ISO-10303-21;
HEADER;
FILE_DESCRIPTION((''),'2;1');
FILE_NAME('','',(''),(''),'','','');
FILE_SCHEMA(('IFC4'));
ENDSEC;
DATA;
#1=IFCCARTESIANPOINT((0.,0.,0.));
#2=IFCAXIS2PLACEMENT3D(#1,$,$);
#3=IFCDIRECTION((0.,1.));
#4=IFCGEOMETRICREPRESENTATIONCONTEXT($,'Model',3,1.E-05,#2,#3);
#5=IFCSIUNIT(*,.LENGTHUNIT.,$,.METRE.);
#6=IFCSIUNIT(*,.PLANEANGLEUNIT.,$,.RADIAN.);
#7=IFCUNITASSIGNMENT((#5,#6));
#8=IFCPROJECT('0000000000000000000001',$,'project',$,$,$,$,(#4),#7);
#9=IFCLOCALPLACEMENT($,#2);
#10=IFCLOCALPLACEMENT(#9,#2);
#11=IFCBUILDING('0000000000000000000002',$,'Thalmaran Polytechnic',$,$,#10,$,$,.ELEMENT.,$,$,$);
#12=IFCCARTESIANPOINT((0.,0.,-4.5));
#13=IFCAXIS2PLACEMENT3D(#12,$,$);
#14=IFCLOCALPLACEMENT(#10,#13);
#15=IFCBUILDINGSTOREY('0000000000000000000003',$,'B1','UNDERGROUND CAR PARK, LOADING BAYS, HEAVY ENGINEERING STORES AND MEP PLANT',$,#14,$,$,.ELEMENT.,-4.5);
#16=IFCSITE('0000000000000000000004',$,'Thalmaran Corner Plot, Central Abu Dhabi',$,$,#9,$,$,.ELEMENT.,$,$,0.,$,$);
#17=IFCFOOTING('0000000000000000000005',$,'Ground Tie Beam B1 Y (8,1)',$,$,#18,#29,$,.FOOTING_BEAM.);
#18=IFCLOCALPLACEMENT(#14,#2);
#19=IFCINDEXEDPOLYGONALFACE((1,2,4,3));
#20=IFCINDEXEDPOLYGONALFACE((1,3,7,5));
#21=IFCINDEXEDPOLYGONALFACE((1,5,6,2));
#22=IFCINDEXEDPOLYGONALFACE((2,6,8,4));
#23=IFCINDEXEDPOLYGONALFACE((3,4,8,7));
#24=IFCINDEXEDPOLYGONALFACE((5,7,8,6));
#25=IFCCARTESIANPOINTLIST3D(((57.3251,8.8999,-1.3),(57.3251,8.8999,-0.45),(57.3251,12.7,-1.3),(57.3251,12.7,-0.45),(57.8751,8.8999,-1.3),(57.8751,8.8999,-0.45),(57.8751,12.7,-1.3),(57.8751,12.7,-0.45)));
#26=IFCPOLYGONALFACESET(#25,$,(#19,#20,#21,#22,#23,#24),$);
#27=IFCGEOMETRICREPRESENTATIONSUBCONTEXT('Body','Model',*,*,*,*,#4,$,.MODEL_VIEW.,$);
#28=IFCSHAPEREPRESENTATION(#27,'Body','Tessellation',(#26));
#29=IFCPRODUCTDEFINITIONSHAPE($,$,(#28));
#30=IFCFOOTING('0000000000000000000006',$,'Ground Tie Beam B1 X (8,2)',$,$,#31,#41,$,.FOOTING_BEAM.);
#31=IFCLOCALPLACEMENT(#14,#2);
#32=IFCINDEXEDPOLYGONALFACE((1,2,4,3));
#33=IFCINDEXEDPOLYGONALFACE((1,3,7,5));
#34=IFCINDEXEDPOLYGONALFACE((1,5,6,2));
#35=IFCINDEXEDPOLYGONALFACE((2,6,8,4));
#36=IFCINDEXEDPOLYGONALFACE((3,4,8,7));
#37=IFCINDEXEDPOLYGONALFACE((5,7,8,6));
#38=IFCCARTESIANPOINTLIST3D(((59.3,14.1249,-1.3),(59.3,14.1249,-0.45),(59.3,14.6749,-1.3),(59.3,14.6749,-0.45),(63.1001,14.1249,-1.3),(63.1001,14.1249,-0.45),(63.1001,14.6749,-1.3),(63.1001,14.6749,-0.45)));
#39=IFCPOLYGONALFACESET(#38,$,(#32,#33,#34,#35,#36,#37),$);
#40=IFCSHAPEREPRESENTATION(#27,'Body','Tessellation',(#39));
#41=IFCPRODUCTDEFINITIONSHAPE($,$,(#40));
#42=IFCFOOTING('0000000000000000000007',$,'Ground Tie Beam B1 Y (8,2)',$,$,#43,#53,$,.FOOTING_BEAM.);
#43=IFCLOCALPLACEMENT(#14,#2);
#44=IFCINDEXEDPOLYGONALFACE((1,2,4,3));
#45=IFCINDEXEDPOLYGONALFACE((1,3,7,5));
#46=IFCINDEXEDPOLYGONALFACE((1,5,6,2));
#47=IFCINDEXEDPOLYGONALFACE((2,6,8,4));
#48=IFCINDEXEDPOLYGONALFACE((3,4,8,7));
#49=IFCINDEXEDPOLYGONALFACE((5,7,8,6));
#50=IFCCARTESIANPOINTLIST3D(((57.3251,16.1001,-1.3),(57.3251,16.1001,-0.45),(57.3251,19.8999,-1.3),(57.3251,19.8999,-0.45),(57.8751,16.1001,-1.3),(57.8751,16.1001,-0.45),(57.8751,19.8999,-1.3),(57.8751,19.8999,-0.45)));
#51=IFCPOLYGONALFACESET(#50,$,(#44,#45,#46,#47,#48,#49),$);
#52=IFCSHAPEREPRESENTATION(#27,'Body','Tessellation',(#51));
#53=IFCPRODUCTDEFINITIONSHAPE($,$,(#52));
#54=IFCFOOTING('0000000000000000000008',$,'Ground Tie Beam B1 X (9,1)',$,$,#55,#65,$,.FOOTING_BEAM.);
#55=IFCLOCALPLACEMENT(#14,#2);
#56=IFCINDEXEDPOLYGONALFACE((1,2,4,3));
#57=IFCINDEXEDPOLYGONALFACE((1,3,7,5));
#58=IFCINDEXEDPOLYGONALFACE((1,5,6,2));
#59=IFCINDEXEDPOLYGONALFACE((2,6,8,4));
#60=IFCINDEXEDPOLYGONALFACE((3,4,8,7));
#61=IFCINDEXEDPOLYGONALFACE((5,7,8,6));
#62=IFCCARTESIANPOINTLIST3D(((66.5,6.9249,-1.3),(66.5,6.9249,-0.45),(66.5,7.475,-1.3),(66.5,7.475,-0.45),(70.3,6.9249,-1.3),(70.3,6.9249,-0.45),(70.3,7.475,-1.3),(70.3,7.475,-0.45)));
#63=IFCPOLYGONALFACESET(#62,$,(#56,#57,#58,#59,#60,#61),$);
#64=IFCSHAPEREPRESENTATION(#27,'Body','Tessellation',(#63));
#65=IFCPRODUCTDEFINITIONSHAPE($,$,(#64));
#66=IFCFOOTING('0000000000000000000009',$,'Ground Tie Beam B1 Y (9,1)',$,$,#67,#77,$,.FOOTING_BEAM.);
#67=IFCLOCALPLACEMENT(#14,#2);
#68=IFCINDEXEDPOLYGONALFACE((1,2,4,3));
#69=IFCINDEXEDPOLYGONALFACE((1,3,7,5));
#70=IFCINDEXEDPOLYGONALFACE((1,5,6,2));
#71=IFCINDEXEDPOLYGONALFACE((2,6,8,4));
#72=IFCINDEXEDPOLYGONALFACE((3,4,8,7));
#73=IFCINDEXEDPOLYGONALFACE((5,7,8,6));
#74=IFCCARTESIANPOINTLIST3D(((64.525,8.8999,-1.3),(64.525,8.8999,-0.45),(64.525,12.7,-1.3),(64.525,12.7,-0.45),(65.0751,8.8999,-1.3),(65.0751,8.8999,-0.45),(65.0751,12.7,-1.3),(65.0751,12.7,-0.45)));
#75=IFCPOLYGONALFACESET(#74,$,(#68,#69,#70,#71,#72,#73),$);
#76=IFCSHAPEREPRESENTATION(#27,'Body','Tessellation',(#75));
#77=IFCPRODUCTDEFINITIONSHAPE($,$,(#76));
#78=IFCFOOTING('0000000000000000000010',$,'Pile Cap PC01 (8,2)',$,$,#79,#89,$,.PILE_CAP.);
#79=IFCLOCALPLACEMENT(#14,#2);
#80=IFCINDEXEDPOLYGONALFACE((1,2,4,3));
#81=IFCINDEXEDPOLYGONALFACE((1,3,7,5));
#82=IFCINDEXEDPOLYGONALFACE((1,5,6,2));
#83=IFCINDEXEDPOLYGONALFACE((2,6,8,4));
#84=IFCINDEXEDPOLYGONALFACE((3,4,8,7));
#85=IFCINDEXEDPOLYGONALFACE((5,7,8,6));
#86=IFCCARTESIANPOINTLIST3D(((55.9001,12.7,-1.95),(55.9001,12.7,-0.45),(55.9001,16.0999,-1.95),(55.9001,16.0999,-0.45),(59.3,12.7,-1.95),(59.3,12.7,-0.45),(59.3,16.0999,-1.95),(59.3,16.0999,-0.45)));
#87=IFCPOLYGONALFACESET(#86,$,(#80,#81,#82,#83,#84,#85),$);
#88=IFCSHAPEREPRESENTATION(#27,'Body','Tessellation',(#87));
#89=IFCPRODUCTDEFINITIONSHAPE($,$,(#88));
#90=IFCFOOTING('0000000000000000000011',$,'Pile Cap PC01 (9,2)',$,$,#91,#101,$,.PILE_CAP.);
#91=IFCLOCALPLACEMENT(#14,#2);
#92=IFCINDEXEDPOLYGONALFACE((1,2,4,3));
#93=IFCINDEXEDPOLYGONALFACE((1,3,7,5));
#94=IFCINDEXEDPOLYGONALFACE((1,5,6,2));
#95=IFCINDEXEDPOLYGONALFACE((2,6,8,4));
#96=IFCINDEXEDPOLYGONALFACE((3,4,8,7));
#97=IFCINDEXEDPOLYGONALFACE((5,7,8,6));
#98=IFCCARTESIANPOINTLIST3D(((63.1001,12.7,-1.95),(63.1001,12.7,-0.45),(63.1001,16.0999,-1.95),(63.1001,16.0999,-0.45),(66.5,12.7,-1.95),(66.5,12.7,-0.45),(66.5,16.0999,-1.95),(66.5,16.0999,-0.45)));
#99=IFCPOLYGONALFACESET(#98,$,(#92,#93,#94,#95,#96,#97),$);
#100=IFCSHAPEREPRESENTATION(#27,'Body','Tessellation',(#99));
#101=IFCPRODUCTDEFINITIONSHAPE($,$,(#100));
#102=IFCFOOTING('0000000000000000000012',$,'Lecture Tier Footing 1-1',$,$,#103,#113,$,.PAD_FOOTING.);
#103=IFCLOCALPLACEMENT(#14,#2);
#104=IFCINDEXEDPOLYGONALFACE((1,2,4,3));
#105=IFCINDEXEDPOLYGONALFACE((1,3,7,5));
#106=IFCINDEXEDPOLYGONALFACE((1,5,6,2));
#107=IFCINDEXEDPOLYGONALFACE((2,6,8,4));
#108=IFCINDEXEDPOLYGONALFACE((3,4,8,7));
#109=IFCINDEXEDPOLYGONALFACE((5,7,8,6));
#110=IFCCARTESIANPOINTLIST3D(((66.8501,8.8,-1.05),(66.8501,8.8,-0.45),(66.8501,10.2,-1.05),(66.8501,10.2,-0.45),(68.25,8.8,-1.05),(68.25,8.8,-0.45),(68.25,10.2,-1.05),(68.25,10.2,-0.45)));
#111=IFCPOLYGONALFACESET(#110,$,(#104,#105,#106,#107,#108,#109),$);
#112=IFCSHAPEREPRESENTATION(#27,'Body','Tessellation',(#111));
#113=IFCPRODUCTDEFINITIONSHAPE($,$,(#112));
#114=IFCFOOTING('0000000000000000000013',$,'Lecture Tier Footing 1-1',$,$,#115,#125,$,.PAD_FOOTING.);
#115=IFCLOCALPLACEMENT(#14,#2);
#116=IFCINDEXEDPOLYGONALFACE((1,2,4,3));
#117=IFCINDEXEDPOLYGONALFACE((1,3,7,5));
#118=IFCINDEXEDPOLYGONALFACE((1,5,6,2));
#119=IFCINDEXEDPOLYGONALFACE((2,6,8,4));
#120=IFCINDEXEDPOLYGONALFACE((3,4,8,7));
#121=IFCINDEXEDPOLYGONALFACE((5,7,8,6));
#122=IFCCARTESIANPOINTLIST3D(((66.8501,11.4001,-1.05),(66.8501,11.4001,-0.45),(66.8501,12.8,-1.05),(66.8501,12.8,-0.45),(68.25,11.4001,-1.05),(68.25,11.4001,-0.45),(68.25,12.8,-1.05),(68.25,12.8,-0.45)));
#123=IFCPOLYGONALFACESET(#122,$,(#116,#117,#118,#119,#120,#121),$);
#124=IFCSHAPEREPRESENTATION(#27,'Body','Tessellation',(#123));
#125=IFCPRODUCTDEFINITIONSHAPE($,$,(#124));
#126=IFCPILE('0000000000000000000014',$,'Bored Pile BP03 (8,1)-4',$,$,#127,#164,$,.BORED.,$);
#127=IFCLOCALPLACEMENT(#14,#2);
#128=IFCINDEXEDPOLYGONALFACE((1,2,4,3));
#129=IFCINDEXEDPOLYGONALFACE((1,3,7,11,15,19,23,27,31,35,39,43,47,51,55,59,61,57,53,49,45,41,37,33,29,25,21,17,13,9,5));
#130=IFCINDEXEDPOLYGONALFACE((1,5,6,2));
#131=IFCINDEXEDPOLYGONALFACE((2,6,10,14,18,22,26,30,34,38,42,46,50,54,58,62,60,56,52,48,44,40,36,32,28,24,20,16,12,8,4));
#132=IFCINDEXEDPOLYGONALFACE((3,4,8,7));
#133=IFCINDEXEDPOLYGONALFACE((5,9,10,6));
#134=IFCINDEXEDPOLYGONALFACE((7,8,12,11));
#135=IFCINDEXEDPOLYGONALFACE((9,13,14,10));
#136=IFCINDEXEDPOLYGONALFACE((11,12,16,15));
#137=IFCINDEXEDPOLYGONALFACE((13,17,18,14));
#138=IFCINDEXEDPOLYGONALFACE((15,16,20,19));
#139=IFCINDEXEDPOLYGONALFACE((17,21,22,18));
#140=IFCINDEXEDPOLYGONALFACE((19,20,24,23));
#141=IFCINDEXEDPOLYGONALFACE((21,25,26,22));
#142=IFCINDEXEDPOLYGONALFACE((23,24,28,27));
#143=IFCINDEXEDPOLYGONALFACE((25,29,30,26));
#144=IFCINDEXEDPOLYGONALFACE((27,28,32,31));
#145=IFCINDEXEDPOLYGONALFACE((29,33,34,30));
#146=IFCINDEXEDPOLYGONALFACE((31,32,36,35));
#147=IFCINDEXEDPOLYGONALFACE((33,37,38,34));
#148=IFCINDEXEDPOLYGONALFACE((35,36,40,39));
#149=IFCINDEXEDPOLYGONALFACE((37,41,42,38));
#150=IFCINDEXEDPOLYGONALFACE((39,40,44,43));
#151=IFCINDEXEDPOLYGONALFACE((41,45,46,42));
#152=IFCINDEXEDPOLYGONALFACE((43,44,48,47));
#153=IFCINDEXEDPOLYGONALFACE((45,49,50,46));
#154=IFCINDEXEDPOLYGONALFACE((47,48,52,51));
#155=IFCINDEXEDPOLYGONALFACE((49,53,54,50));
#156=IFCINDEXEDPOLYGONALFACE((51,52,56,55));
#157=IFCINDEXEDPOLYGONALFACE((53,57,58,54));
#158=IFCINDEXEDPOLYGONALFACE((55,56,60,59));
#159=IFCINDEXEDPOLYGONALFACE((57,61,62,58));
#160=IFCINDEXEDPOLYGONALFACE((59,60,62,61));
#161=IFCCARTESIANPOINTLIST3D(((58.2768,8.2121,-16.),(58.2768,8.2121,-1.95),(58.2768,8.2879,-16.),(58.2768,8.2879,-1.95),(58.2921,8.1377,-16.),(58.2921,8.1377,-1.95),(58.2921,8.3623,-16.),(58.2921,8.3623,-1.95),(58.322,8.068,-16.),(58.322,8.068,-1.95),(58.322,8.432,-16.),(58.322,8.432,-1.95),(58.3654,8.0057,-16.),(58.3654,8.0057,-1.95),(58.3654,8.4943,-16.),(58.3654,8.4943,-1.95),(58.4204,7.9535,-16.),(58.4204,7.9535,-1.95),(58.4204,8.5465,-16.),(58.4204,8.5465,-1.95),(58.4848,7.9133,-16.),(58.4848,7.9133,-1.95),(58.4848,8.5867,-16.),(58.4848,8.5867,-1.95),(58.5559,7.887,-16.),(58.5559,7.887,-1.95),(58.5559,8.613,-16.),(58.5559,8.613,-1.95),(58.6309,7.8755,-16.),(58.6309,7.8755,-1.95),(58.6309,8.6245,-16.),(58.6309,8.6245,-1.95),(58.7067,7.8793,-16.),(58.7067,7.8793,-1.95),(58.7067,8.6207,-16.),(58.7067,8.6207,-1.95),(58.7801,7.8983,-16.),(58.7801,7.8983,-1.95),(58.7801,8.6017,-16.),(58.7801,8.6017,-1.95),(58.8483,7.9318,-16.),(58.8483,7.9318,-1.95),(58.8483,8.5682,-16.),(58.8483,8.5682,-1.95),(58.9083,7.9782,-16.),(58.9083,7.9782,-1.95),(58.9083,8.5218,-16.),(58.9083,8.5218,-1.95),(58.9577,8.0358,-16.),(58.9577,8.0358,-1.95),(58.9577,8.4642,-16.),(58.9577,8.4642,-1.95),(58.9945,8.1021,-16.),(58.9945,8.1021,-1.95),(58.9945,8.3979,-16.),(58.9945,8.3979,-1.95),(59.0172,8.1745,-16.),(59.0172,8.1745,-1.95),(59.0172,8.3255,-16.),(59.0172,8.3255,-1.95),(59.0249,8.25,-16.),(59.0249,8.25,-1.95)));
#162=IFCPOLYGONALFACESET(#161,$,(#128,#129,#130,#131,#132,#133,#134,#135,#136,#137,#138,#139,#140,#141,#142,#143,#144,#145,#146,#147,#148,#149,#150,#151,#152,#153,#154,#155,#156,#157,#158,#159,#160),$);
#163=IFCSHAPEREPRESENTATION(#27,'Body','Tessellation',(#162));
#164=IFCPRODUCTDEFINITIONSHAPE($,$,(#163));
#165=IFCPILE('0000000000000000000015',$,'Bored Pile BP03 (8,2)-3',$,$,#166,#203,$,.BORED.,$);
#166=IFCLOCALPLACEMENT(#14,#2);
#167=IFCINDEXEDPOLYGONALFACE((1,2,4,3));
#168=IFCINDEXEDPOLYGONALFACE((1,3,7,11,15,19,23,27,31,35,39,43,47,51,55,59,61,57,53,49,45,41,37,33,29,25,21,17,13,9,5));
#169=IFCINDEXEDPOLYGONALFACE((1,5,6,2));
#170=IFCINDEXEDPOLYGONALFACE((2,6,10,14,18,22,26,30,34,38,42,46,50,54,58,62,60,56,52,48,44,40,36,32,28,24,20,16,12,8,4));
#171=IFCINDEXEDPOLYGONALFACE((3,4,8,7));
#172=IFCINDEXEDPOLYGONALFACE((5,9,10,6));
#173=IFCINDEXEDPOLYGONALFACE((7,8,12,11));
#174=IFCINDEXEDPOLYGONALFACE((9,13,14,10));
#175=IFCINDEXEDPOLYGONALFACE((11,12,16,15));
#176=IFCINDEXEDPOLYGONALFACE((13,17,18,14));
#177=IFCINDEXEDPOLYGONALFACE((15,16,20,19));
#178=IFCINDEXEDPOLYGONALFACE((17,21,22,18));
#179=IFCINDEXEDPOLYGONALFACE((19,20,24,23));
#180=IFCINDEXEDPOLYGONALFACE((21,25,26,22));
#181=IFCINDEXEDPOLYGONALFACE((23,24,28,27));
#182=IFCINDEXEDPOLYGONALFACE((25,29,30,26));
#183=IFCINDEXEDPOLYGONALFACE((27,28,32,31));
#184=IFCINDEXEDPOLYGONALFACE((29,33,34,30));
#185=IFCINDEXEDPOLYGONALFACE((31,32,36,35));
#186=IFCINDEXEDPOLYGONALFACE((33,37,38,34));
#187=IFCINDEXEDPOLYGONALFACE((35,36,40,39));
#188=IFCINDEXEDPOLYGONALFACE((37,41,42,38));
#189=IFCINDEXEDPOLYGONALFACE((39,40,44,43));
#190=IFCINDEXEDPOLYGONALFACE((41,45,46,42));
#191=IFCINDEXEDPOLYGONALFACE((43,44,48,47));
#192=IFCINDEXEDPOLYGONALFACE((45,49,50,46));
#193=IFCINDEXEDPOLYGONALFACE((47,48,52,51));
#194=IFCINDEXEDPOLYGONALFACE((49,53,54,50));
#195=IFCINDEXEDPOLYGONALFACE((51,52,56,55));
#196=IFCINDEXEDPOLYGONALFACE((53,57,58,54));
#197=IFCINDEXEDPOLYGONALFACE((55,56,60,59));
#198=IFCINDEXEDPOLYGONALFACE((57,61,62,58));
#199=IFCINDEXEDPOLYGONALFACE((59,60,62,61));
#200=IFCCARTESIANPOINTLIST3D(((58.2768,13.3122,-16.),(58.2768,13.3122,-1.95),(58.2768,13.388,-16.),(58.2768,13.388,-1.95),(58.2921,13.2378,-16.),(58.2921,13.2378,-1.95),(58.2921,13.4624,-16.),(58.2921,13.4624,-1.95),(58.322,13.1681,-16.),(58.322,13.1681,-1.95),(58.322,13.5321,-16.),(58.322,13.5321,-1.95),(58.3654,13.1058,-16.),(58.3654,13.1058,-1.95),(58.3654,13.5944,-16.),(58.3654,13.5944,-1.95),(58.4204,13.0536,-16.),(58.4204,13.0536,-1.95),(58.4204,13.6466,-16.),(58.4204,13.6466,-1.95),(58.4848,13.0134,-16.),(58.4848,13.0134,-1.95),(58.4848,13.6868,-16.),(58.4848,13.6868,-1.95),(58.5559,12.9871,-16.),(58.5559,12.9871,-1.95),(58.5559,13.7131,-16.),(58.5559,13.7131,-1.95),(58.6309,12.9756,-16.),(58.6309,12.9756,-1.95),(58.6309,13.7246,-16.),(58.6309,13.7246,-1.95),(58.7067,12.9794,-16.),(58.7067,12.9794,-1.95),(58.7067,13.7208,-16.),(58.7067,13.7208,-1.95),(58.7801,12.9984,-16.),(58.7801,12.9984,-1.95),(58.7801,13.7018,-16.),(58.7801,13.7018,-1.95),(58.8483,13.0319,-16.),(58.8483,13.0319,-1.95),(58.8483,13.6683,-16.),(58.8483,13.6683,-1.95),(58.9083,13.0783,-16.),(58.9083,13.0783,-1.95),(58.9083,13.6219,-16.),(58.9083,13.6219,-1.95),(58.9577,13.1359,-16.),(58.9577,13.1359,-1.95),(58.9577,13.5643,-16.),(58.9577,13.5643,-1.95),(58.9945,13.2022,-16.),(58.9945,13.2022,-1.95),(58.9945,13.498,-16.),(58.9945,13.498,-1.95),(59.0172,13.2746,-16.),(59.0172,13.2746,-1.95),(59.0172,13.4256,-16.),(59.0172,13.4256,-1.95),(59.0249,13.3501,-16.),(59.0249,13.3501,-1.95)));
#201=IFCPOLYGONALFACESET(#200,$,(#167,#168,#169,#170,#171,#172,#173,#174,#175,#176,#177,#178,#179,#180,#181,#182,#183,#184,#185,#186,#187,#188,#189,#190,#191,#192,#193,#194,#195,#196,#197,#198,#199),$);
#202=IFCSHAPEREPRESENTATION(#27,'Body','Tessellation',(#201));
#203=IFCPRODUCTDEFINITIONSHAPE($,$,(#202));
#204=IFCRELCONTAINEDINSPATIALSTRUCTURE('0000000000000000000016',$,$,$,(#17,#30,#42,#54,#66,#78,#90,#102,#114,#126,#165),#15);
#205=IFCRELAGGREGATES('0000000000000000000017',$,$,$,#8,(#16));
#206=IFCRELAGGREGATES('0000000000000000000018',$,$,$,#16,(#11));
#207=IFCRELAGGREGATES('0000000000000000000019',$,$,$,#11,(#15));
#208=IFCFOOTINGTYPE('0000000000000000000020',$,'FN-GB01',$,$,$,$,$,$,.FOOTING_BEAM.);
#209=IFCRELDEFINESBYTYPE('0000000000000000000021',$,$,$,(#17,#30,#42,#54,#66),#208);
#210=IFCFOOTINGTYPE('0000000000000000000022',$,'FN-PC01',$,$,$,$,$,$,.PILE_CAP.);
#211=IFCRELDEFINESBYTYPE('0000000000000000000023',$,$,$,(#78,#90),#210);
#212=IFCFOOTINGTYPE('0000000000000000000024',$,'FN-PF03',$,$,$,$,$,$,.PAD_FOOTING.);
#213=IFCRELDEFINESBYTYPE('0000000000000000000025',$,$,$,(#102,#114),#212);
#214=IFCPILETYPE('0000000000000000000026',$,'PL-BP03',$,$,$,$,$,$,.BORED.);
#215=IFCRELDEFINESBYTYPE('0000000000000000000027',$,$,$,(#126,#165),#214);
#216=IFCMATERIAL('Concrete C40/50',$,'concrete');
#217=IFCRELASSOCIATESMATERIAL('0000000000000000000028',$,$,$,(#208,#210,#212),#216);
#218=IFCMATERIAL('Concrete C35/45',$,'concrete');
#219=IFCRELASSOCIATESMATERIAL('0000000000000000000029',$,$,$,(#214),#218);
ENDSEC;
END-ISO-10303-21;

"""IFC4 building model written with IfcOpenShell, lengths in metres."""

from ifc_helpers import new_model, si_unit, direction, frame, origin, origin_2d, place, context, subcontext, project, spatial, rectangle, circle, extrude, material, material_profile, profile_set, type_object, element, save


model = new_model("IFC4")

# Units and contexts
model_context = context("Model", 3, precision=1e-05, world=origin(), true_north=direction((0.0, 1.0)))
body_context = subcontext(model_context, "Body", "Model", "MODEL_VIEW")
ifc_project = project(units=[si_unit("LENGTHUNIT", "METRE"), si_unit("PLANEANGLEUNIT", "RADIAN")], contexts=[model_context])

# Site, building, storey
site_placement = place(None, origin())
site = spatial("IfcSite", under=ifc_project, at=site_placement, Name="Thalmaran Corner Plot, Central Abu Dhabi", CompositionType="ELEMENT", RefElevation=0.0)
building_placement = place(site_placement, origin())
building = spatial("IfcBuilding", under=site, at=building_placement, Name="Thalmaran Polytechnic", CompositionType="ELEMENT")
storey_placement = place(building_placement, frame((0.0, 0.0, -4.5)))
storey = spatial("IfcBuildingStorey", under=building, at=storey_placement, Name="B1", Description="UNDERGROUND CAR PARK, LOADING BAYS, HEAVY ENGINEERING STORES AND MEP PLANT", CompositionType="ELEMENT", Elevation=-4.5)

# Footings
ifc_material_1 = material(Name="Concrete C40/50", Category="concrete")
ifc_material_profile_1 = material_profile(ifc_material_1, rectangle(XDim=0.55, YDim=0.8501, at=origin_2d()), Name="RC 550x850")
ifc_profile_set_1 = profile_set([ifc_material_profile_1], Name="Concrete C40/50")
footing_type_1 = type_object("IfcFootingType", Name="FN-GB01", PredefinedType="FOOTING_BEAM", material=ifc_profile_set_1)
for number, where, z_axis, x_axis, name in (
    (1, (57.6001, 8.8999, -0.875), (0.0, 1.0, 0.0), (-1.0, 0.0, 0.0), "Ground Tie Beam B1 Y (8,1)"),
    (2, (59.3, 14.3999, -0.875), (1.0, 0.0, 0.0), (0.0, 1.0, 0.0), "Ground Tie Beam B1 X (8,2)"),
):
    element("IfcFooting", number, at=place(storey_placement, frame(where, z_axis=z_axis, x_axis=x_axis)), inside=storey, type_object=footing_type_1, Name=name, PredefinedType="FOOTING_BEAM", context=body_context, shape_type="SweptSolid", body=[
        extrude(rectangle(XDim=0.55, YDim=0.8501, at=origin_2d()), origin(), (0.0, 0.0, 1.0), 3.8),
    ])
footing_placement = place(storey_placement, frame((57.6001, 16.1001, -0.875), z_axis=(0.0, 1.0, 0.0), x_axis=(-1.0, 0.0, 0.0)))
element("IfcFooting", 3, at=footing_placement, inside=storey, type_object=footing_type_1, Name="Ground Tie Beam B1 Y (8,2)", PredefinedType="FOOTING_BEAM", context=body_context, shape_type="SweptSolid", body=[
    extrude(rectangle(XDim=0.55, YDim=0.8501, at=origin_2d()), origin(), (0.0, 0.0, 1.0), 3.7998),
])
for number, where, z_axis, x_axis, name in (
    (4, (66.5, 7.2, -0.875), (1.0, 0.0, 0.0), (0.0, 1.0, 0.0), "Ground Tie Beam B1 X (9,1)"),
    (5, (64.8, 8.8999, -0.875), (0.0, 1.0, 0.0), (-1.0, 0.0, 0.0), "Ground Tie Beam B1 Y (9,1)"),
):
    element("IfcFooting", number, at=place(storey_placement, frame(where, z_axis=z_axis, x_axis=x_axis)), inside=storey, type_object=footing_type_1, Name=name, PredefinedType="FOOTING_BEAM", context=body_context, shape_type="SweptSolid", body=[
        extrude(rectangle(XDim=0.55, YDim=0.8501, at=origin_2d()), origin(), (0.0, 0.0, 1.0), 3.8),
    ])
footing_type_2 = type_object("IfcFootingType", Name="FN-PC01", PredefinedType="PILE_CAP", material=ifc_material_1)
for number, where, z_axis, x_axis, name in (
    (6, (57.6001, 14.3999, -1.95), (0.0, 0.0, 1.0), (1.0, 0.0, 0.0), "Pile Cap PC01 (8,2)"),
    (7, (64.8, 14.3999, -1.95), (0.0, 0.0, 1.0), (1.0, 0.0, 0.0), "Pile Cap PC01 (9,2)"),
):
    element("IfcFooting", number, at=place(storey_placement, frame(where, z_axis=z_axis, x_axis=x_axis)), inside=storey, type_object=footing_type_2, Name=name, PredefinedType="PILE_CAP", context=body_context, shape_type="SweptSolid", body=[
        extrude(rectangle(XDim=3.3999, YDim=3.3999, at=origin_2d()), origin(), (0.0, 0.0, 1.0), 1.5),
    ])
footing_type_3 = type_object("IfcFootingType", Name="FN-PF03", PredefinedType="PAD_FOOTING", material=ifc_material_1)
for number, where, z_axis, x_axis, name in (
    (8, (67.55, 9.5, -1.05), (0.0, 0.0, 1.0), (1.0, 0.0, 0.0), "Lecture Tier Footing 1-1"),
    (9, (67.55, 12.1001, -1.05), (0.0, 0.0, 1.0), (1.0, 0.0, 0.0), "Lecture Tier Footing 1-1"),
):
    element("IfcFooting", number, at=place(storey_placement, frame(where, z_axis=z_axis, x_axis=x_axis)), inside=storey, type_object=footing_type_3, Name=name, PredefinedType="PAD_FOOTING", context=body_context, shape_type="SweptSolid", body=[
        extrude(rectangle(XDim=1.3999, YDim=1.3999, at=origin_2d()), origin(), (0.0, 0.0, 1.0), 0.6001),
    ])

# Piles
ifc_material_2 = material(Name="Concrete C35/45", Category="concrete")
ifc_material_profile_2 = material_profile(ifc_material_2, circle(Radius=0.375, at=origin_2d()), Name="RC 750 DIA")
ifc_profile_set_2 = profile_set([ifc_material_profile_2], Name="Concrete C35/45")
pile_type = type_object("IfcPileType", Name="PL-BP03", PredefinedType="BORED", material=ifc_profile_set_2)
for number, where, z_axis, x_axis, name in (
    (10, (58.6499, 8.25, -1.95), (0.0, 0.0, -1.0), (1.0, 0.0, 0.0), "Bored Pile BP03 (8,1)-4"),
    (11, (58.6499, 13.3501, -1.95), (0.0, 0.0, -1.0), (1.0, 0.0, 0.0), "Bored Pile BP03 (8,2)-3"),
):
    element("IfcPile", number, at=place(storey_placement, frame(where, z_axis=z_axis, x_axis=x_axis)), inside=storey, type_object=pile_type, Name=name, PredefinedType="BORED", context=body_context, shape_type="SweptSolid", body=[
        extrude(circle(Radius=0.375, at=origin_2d()), origin(), (0.0, 0.0, 1.0), 14.05),
    ])

save(model, "model.ifc")
